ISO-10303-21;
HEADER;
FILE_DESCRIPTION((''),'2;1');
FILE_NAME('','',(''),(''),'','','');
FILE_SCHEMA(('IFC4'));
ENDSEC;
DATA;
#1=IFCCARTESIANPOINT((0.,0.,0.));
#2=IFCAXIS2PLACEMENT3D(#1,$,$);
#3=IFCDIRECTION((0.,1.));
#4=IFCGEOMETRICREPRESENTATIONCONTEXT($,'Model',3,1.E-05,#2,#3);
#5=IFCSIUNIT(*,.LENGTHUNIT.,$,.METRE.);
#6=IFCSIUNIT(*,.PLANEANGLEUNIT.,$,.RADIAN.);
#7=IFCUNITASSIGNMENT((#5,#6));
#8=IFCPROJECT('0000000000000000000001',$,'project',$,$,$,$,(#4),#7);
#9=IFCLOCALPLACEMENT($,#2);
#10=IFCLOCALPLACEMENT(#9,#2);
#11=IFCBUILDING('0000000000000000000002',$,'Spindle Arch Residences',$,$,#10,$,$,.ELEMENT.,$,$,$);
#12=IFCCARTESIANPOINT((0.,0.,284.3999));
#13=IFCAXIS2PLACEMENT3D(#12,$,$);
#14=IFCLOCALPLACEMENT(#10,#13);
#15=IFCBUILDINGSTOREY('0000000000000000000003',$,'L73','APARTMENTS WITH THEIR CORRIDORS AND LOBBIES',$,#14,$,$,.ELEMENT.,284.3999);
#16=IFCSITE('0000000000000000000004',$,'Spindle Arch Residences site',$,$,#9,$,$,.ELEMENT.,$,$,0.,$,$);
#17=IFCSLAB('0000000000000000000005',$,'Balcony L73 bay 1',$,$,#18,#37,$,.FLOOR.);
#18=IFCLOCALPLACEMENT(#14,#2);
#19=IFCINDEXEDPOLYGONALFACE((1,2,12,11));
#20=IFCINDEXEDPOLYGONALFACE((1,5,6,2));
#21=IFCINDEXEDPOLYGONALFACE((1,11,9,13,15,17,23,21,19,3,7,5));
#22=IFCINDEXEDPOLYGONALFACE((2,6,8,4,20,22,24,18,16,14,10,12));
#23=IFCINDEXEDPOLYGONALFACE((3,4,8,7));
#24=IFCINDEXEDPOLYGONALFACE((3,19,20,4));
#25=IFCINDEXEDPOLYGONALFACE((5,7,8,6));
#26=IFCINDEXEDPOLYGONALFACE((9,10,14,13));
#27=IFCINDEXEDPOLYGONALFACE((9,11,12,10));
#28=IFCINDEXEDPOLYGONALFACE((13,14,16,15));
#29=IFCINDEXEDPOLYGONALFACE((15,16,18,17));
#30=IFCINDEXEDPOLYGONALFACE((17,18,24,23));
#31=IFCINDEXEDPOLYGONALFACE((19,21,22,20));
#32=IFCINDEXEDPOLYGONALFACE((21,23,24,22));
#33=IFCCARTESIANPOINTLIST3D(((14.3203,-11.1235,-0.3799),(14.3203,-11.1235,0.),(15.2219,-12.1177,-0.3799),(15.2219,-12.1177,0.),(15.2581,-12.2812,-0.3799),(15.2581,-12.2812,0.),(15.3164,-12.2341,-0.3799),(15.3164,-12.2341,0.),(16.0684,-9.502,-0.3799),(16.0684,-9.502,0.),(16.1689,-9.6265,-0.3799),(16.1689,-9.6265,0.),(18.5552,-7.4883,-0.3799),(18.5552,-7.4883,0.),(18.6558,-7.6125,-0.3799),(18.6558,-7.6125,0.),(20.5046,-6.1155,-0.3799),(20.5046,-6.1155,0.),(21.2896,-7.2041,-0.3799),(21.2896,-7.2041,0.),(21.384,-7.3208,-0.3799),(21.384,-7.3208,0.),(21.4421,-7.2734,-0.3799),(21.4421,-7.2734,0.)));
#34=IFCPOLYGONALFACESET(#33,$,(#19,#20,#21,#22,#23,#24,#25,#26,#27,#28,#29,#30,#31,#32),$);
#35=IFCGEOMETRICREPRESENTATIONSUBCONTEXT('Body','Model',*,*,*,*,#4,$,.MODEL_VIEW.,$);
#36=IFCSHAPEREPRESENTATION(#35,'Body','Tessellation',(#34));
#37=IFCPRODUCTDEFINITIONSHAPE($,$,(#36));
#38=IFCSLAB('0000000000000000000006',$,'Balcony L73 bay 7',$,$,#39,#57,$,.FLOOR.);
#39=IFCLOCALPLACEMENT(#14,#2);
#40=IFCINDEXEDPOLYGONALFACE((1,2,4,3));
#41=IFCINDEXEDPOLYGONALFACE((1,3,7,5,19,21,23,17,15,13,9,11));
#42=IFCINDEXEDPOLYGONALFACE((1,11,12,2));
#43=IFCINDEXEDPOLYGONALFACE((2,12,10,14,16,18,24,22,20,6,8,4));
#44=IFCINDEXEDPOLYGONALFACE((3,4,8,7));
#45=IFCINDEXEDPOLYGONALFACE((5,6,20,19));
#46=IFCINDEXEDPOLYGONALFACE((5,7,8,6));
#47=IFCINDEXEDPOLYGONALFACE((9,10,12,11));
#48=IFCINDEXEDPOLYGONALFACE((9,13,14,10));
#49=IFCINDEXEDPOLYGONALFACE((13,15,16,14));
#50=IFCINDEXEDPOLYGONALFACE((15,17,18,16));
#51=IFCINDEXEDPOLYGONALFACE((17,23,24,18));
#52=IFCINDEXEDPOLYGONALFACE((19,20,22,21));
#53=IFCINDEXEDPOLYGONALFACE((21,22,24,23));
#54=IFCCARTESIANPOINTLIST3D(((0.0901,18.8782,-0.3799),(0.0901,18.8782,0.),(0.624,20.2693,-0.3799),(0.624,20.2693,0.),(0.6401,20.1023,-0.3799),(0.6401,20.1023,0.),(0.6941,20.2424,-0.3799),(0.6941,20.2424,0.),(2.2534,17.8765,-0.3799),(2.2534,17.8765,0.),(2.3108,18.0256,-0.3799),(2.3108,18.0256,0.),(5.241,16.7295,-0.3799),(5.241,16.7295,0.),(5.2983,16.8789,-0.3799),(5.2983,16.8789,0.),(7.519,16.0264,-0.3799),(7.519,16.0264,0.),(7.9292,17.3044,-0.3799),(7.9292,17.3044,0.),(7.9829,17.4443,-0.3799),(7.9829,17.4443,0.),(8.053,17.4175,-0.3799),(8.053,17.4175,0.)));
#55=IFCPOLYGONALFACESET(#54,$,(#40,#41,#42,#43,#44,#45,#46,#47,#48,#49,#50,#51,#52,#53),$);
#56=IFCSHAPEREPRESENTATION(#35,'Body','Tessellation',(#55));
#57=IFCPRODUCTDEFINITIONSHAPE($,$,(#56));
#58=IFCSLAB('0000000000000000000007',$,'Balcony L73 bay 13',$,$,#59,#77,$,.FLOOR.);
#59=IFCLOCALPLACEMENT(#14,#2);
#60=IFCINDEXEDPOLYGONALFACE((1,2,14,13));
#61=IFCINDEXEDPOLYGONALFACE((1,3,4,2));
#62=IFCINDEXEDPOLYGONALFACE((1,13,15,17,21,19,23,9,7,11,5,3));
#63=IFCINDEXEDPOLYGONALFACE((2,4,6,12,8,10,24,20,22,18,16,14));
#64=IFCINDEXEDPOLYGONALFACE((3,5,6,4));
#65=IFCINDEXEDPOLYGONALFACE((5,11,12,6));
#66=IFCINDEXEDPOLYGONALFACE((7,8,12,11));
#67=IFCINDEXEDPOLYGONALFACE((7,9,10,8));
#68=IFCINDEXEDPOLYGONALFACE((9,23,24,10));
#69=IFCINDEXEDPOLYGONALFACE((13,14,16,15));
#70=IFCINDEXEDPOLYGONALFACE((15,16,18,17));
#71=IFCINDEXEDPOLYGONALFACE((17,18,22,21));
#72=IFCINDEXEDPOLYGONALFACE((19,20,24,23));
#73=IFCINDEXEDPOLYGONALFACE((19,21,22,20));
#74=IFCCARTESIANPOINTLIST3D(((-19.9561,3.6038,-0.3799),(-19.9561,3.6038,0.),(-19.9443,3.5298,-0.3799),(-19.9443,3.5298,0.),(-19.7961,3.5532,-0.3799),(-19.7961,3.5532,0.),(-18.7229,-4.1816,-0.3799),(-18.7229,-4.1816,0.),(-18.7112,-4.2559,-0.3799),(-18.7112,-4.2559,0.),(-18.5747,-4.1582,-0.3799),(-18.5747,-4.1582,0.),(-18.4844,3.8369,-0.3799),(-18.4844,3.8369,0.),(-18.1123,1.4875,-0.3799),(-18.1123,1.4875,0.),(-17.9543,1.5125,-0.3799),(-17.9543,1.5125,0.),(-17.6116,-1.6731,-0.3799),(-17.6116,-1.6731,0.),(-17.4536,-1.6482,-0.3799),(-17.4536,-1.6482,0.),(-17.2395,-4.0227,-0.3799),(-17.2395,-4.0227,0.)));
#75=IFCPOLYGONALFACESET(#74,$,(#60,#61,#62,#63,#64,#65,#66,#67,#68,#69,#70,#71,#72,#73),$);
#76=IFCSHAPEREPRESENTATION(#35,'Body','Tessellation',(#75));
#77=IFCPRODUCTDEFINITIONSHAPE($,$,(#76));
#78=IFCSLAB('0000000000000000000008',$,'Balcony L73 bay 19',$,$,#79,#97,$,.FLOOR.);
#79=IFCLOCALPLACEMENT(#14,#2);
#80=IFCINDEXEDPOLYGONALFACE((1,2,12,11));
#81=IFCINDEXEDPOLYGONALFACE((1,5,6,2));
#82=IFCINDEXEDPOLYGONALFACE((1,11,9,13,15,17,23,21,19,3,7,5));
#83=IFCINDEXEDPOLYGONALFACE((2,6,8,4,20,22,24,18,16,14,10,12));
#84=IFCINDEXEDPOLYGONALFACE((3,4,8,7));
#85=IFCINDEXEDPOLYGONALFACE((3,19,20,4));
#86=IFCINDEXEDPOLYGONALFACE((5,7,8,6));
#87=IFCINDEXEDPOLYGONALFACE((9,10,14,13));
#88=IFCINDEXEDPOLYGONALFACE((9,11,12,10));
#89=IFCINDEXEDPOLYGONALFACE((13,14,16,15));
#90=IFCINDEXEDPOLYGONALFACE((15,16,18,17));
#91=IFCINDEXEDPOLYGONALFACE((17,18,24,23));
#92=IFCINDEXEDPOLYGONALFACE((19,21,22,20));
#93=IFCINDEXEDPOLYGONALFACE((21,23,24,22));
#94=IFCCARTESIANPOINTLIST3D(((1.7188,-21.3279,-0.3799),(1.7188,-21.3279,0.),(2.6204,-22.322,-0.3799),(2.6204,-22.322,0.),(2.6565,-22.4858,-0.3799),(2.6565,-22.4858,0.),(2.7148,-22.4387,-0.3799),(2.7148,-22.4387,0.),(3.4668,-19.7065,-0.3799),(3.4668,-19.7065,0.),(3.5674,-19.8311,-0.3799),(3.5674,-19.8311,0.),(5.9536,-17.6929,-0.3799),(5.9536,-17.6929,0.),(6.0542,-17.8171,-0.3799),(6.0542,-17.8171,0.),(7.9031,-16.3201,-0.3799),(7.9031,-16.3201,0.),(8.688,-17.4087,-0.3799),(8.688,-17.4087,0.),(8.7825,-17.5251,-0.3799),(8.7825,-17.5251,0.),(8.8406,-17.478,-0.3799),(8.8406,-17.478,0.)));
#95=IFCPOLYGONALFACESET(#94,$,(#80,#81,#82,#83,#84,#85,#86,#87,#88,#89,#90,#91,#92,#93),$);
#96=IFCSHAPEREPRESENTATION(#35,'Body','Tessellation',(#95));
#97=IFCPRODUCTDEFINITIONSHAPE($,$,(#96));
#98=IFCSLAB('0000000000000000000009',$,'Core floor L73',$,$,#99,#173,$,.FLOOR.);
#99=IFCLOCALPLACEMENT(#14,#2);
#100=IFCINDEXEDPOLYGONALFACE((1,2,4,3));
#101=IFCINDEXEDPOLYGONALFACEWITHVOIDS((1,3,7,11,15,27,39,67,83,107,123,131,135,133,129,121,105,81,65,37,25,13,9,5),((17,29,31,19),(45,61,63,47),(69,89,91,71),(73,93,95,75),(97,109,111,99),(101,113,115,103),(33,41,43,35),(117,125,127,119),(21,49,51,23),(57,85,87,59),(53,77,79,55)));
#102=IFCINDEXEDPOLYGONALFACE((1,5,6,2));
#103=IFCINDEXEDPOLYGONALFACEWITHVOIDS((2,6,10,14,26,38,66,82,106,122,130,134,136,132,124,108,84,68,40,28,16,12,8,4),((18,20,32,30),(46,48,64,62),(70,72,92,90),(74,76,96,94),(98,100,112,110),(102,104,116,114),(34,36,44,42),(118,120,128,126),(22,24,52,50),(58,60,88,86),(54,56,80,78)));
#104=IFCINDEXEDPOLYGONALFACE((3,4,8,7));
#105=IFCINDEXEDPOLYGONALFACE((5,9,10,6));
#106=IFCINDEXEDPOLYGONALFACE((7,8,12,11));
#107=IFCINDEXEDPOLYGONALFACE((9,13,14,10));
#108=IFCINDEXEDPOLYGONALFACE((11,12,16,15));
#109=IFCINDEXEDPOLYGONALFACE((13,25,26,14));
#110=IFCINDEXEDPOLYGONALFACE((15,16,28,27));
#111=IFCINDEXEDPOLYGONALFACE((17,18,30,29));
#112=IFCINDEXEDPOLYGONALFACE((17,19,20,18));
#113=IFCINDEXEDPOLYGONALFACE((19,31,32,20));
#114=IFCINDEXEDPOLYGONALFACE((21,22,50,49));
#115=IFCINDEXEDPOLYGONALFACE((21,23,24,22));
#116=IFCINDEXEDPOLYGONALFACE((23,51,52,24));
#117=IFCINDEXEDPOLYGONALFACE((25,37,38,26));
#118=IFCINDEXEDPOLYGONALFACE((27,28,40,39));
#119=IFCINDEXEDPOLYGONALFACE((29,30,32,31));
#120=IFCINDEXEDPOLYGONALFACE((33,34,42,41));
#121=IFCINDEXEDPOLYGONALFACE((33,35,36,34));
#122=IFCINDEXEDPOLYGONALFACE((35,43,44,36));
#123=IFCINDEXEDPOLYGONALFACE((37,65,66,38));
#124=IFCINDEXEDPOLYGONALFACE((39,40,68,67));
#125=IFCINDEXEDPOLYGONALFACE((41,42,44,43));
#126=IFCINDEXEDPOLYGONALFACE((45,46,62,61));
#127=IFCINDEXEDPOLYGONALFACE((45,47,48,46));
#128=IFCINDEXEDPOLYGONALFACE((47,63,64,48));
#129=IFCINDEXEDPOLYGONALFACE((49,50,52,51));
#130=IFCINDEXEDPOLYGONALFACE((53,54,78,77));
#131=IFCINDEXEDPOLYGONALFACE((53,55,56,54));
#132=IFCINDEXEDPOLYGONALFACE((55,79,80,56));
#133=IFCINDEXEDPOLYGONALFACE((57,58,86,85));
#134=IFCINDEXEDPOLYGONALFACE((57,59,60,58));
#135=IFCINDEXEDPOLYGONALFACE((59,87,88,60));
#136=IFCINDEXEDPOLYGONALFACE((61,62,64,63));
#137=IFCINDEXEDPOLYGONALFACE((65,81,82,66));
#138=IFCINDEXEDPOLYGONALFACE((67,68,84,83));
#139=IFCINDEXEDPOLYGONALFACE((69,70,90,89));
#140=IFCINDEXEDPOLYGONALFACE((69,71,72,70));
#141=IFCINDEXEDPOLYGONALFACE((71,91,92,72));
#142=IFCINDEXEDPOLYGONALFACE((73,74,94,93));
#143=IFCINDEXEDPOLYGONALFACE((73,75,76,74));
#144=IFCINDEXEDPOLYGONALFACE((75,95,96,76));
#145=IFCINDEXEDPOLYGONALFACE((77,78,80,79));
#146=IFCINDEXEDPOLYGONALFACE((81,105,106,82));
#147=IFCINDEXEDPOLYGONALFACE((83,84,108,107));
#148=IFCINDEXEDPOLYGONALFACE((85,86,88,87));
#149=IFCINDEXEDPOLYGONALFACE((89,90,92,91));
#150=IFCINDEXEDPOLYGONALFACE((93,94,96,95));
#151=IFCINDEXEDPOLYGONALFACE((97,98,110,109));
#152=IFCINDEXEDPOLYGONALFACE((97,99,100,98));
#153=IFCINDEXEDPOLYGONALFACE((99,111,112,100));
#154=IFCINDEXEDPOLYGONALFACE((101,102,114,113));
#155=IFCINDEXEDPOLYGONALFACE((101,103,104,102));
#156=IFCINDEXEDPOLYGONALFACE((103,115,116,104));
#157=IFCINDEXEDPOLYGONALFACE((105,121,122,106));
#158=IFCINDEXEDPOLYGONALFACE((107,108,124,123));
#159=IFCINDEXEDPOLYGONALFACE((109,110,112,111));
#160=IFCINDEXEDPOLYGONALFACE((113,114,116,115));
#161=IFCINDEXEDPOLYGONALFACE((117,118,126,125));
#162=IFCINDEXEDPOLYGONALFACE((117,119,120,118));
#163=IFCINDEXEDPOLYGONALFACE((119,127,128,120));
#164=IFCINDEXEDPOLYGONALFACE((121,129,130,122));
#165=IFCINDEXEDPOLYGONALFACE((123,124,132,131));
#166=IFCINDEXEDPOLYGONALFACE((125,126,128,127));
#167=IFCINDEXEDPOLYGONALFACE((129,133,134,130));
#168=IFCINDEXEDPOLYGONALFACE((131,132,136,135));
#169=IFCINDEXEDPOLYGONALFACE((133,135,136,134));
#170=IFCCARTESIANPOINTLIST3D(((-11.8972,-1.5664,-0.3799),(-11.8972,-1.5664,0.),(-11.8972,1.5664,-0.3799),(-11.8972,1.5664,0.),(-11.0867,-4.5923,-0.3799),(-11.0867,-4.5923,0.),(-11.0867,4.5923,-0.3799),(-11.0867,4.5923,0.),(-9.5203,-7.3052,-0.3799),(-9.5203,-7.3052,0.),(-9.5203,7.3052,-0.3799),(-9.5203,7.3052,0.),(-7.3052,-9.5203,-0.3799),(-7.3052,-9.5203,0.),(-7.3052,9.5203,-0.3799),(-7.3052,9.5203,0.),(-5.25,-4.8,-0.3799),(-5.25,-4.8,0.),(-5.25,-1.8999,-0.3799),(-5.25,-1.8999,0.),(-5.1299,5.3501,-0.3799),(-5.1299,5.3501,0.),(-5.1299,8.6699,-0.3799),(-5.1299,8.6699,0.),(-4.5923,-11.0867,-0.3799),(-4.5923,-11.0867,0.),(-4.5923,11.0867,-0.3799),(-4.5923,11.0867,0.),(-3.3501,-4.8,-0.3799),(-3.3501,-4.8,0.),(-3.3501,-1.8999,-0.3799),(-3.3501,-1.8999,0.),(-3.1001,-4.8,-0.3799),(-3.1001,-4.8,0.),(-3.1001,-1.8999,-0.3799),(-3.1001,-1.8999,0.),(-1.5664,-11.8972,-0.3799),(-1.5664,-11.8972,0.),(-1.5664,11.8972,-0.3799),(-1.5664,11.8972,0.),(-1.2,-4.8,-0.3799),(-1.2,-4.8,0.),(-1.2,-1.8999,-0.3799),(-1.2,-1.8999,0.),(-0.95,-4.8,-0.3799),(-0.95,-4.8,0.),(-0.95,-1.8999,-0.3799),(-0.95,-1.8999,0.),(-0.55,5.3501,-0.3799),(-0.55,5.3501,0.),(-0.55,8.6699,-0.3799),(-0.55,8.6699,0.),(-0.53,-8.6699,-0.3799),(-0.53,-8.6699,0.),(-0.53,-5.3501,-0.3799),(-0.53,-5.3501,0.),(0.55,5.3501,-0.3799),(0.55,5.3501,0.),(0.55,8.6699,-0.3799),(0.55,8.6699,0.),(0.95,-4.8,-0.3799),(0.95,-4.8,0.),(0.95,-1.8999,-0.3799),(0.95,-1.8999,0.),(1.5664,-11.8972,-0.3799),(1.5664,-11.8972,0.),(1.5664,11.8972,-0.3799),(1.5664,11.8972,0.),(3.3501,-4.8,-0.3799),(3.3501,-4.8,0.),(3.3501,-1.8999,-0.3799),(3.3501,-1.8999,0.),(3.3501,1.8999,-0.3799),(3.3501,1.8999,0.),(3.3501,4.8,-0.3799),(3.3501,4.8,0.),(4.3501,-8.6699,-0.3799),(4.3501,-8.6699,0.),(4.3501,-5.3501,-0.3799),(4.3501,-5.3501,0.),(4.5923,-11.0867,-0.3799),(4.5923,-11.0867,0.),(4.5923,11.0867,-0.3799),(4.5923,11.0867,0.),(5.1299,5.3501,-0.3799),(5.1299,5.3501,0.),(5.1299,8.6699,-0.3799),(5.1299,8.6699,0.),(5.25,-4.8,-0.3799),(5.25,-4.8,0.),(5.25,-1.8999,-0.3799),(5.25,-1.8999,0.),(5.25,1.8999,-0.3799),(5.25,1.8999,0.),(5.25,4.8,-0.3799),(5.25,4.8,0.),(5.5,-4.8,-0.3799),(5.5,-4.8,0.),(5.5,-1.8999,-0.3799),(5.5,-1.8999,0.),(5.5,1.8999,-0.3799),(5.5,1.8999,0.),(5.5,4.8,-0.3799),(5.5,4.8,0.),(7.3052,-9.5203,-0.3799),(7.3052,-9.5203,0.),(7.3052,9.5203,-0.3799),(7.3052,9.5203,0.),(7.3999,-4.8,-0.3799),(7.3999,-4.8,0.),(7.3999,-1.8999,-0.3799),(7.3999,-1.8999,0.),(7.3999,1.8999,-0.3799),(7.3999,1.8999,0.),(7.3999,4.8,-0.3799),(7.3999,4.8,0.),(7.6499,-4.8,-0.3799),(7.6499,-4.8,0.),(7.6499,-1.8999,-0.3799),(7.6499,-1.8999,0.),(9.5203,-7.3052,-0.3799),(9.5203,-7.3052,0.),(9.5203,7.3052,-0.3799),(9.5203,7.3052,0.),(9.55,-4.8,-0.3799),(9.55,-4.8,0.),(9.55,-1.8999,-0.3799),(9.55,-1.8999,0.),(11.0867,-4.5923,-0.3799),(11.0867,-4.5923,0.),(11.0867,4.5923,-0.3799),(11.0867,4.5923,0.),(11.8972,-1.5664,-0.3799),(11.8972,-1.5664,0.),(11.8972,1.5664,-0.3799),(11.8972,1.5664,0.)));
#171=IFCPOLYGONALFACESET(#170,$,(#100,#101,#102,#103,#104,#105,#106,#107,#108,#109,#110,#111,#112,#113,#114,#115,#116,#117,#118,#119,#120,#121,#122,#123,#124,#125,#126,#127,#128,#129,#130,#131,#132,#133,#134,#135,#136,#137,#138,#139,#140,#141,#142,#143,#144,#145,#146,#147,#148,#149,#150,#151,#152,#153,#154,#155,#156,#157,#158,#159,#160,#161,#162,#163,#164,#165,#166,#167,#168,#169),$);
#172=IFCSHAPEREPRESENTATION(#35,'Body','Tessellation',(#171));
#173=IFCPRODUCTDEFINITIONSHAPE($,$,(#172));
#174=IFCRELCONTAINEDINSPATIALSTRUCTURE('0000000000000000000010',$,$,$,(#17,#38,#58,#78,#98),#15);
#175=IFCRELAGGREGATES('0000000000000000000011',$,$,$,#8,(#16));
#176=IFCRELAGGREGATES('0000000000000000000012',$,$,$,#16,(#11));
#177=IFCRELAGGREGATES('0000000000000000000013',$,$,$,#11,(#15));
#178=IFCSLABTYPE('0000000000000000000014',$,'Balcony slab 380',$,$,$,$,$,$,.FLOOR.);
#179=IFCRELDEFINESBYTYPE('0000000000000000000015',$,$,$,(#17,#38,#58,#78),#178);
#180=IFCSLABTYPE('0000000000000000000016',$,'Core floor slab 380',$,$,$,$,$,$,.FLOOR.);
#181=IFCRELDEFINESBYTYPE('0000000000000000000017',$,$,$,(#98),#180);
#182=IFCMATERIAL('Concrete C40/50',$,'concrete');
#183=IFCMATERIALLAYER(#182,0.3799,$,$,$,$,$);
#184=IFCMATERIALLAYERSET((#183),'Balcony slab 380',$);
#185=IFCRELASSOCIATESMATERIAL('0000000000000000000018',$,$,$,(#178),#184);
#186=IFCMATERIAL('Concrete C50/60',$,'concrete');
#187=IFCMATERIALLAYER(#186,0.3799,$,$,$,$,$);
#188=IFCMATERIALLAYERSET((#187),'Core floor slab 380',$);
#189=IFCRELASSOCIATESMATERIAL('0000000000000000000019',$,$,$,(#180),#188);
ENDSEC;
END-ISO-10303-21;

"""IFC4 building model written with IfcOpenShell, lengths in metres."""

from ifc_helpers import new_model, si_unit, direction, frame, origin, place, context, subcontext, project, spatial, polyline, outline, extrude, material, layer, layer_set, type_object, element, save


model = new_model("IFC4")

# Units and contexts
model_context = context("Model", 3, precision=1e-05, world=origin(), true_north=direction((0.0, 1.0)))
body_context = subcontext(model_context, "Body", "Model", "MODEL_VIEW")
ifc_project = project(units=[si_unit("LENGTHUNIT", "METRE"), si_unit("PLANEANGLEUNIT", "RADIAN")], contexts=[model_context])

# Site, building, storey
site_placement = place(None, origin())
site = spatial("IfcSite", under=ifc_project, at=site_placement, Name="Spindle Arch Residences site", CompositionType="ELEMENT", RefElevation=0.0)
building_placement = place(site_placement, origin())
building = spatial("IfcBuilding", under=site, at=building_placement, Name="Spindle Arch Residences", CompositionType="ELEMENT")
storey_placement = place(building_placement, frame((0.0, 0.0, 284.3999)))
storey = spatial("IfcBuildingStorey", under=building, at=storey_placement, Name="L73", Description="APARTMENTS WITH THEIR CORRIDORS AND LOBBIES", CompositionType="ELEMENT", Elevation=284.3999)

# Slabs
ifc_material_1 = material(Name="Concrete C40/50", Category="concrete")
ifc_layer_1 = layer(ifc_material_1, 0.3799)
ifc_layer_set_1 = layer_set([ifc_layer_1], Name="Balcony slab 380")
slab_type_1 = type_object("IfcSlabType", Name="Balcony slab 380", PredefinedType="FLOOR", material=ifc_layer_set_1)
slab_1_placement = place(storey_placement, frame((0.0, 0.0, -0.3799)))
element("IfcSlab", 1, at=slab_1_placement, inside=storey, type_object=slab_type_1, Name="Balcony L73 bay 1", PredefinedType="FLOOR", context=body_context, shape_type="SweptSolid", body=[
    extrude(outline(polyline([(15.2581, -12.2812), (15.3164, -12.2341), (15.2219, -12.1177), (21.2896, -7.2041), (21.384, -7.3208), (21.4421, -7.2734), (20.5046, -6.1155), (18.6558, -7.6125), (18.5552, -7.4883), (16.0684, -9.502), (16.1689, -9.6265), (14.3203, -11.1235), (15.2581, -12.2812)])), origin(), (0.0, 0.0, 1.0), 0.3799),
])
slab_2_placement = place(storey_placement, frame((0.0, 0.0, -0.3799)))
element("IfcSlab", 2, at=slab_2_placement, inside=storey, type_object=slab_type_1, Name="Balcony L73 bay 7", PredefinedType="FLOOR", context=body_context, shape_type="SweptSolid", body=[
    extrude(outline(polyline([(8.053, 17.4175), (7.9829, 17.4443), (7.9292, 17.3044), (0.6401, 20.1023), (0.6941, 20.2424), (0.624, 20.2693), (0.0901, 18.8782), (2.3108, 18.0256), (2.2534, 17.8765), (5.241, 16.7295), (5.2983, 16.8789), (7.519, 16.0264), (8.053, 17.4175)])), origin(), (0.0, 0.0, 1.0), 0.3799),
])
slab_3_placement = place(storey_placement, frame((0.0, 0.0, -0.3799)))
element("IfcSlab", 3, at=slab_3_placement, inside=storey, type_object=slab_type_1, Name="Balcony L73 bay 13", PredefinedType="FLOOR", context=body_context, shape_type="SweptSolid", body=[
    extrude(outline(polyline([(-19.9561, 3.6038), (-19.9443, 3.5298), (-19.7961, 3.5532), (-18.5747, -4.1582), (-18.7229, -4.1816), (-18.7112, -4.2559), (-17.2395, -4.0227), (-17.6116, -1.6731), (-17.4536, -1.6482), (-17.9543, 1.5125), (-18.1123, 1.4875), (-18.4844, 3.8369), (-19.9561, 3.6038)])), origin(), (0.0, 0.0, 1.0), 0.3799),
])
slab_4_placement = place(storey_placement, frame((0.0, 0.0, -0.3799)))
element("IfcSlab", 4, at=slab_4_placement, inside=storey, type_object=slab_type_1, Name="Balcony L73 bay 19", PredefinedType="FLOOR", context=body_context, shape_type="SweptSolid", body=[
    extrude(outline(polyline([(2.6565, -22.4858), (2.7148, -22.4387), (2.6204, -22.322), (8.688, -17.4087), (8.7825, -17.5251), (8.8406, -17.478), (7.9031, -16.3201), (6.0542, -17.8171), (5.9536, -17.6929), (3.4668, -19.7065), (3.5674, -19.8311), (1.7188, -21.3279), (2.6565, -22.4858)])), origin(), (0.0, 0.0, 1.0), 0.3799),
])
ifc_material_2 = material(Name="Concrete C50/60", Category="concrete")
ifc_layer_2 = layer(ifc_material_2, 0.3799)
ifc_layer_set_2 = layer_set([ifc_layer_2], Name="Core floor slab 380")
slab_type_2 = type_object("IfcSlabType", Name="Core floor slab 380", PredefinedType="FLOOR", material=ifc_layer_set_2)
slab_5_placement = place(storey_placement, frame((0.0, 0.0, -0.3799)))
element("IfcSlab", 5, at=slab_5_placement, inside=storey, type_object=slab_type_2, Name="Core floor L73", PredefinedType="FLOOR", context=body_context, shape_type="SweptSolid", body=[
    extrude(outline(polyline([(1.5664, -11.8972), (4.5923, -11.0867), (7.3052, -9.5203), (9.5203, -7.3052), (11.0867, -4.5923), (11.8972, -1.5664), (11.8972, 1.5664), (11.0867, 4.5923), (9.5203, 7.3052), (7.3052, 9.5203), (4.5923, 11.0867), (1.5664, 11.8972), (-1.5664, 11.8972), (-4.5923, 11.0867), (-7.3052, 9.5203), (-9.5203, 7.3052), (-11.0867, 4.5923), (-11.8972, 1.5664), (-11.8972, -1.5664), (-11.0867, -4.5923), (-9.5203, -7.3052), (-7.3052, -9.5203), (-4.5923, -11.0867), (-1.5664, -11.8972), (1.5664, -11.8972)]), holes=[polyline([(3.3501, 1.8999), (5.25, 1.8999), (5.25, 4.8), (3.3501, 4.8), (3.3501, 1.8999)]), polyline([(5.5, 1.8999), (7.3999, 1.8999), (7.3999, 4.8), (5.5, 4.8), (5.5, 1.8999)]), polyline([(-5.25, -4.8), (-3.3501, -4.8), (-3.3501, -1.8999), (-5.25, -1.8999), (-5.25, -4.8)]), polyline([(-3.1001, -4.8), (-1.2, -4.8), (-1.2, -1.8999), (-3.1001, -1.8999), (-3.1001, -4.8)]), polyline([(-0.95, -4.8), (0.95, -4.8), (0.95, -1.8999), (-0.95, -1.8999), (-0.95, -4.8)]), polyline([(3.3501, -4.8), (5.25, -4.8), (5.25, -1.8999), (3.3501, -1.8999), (3.3501, -4.8)]), polyline([(5.5, -4.8), (7.3999, -4.8), (7.3999, -1.8999), (5.5, -1.8999), (5.5, -4.8)]), polyline([(7.6499, -4.8), (9.55, -4.8), (9.55, -1.8999), (7.6499, -1.8999), (7.6499, -4.8)]), polyline([(5.1299, 8.6699), (0.55, 8.6699), (0.55, 5.3501), (5.1299, 5.3501), (5.1299, 8.6699)]), polyline([(-5.1299, 5.3501), (-0.55, 5.3501), (-0.55, 8.6699), (-5.1299, 8.6699), (-5.1299, 5.3501)]), polyline([(-0.53, -8.6699), (4.3501, -8.6699), (4.3501, -5.3501), (-0.53, -5.3501), (-0.53, -8.6699)])]), origin(), (0.0, 0.0, 1.0), 0.3799),
])

save(model, "model.ifc")
